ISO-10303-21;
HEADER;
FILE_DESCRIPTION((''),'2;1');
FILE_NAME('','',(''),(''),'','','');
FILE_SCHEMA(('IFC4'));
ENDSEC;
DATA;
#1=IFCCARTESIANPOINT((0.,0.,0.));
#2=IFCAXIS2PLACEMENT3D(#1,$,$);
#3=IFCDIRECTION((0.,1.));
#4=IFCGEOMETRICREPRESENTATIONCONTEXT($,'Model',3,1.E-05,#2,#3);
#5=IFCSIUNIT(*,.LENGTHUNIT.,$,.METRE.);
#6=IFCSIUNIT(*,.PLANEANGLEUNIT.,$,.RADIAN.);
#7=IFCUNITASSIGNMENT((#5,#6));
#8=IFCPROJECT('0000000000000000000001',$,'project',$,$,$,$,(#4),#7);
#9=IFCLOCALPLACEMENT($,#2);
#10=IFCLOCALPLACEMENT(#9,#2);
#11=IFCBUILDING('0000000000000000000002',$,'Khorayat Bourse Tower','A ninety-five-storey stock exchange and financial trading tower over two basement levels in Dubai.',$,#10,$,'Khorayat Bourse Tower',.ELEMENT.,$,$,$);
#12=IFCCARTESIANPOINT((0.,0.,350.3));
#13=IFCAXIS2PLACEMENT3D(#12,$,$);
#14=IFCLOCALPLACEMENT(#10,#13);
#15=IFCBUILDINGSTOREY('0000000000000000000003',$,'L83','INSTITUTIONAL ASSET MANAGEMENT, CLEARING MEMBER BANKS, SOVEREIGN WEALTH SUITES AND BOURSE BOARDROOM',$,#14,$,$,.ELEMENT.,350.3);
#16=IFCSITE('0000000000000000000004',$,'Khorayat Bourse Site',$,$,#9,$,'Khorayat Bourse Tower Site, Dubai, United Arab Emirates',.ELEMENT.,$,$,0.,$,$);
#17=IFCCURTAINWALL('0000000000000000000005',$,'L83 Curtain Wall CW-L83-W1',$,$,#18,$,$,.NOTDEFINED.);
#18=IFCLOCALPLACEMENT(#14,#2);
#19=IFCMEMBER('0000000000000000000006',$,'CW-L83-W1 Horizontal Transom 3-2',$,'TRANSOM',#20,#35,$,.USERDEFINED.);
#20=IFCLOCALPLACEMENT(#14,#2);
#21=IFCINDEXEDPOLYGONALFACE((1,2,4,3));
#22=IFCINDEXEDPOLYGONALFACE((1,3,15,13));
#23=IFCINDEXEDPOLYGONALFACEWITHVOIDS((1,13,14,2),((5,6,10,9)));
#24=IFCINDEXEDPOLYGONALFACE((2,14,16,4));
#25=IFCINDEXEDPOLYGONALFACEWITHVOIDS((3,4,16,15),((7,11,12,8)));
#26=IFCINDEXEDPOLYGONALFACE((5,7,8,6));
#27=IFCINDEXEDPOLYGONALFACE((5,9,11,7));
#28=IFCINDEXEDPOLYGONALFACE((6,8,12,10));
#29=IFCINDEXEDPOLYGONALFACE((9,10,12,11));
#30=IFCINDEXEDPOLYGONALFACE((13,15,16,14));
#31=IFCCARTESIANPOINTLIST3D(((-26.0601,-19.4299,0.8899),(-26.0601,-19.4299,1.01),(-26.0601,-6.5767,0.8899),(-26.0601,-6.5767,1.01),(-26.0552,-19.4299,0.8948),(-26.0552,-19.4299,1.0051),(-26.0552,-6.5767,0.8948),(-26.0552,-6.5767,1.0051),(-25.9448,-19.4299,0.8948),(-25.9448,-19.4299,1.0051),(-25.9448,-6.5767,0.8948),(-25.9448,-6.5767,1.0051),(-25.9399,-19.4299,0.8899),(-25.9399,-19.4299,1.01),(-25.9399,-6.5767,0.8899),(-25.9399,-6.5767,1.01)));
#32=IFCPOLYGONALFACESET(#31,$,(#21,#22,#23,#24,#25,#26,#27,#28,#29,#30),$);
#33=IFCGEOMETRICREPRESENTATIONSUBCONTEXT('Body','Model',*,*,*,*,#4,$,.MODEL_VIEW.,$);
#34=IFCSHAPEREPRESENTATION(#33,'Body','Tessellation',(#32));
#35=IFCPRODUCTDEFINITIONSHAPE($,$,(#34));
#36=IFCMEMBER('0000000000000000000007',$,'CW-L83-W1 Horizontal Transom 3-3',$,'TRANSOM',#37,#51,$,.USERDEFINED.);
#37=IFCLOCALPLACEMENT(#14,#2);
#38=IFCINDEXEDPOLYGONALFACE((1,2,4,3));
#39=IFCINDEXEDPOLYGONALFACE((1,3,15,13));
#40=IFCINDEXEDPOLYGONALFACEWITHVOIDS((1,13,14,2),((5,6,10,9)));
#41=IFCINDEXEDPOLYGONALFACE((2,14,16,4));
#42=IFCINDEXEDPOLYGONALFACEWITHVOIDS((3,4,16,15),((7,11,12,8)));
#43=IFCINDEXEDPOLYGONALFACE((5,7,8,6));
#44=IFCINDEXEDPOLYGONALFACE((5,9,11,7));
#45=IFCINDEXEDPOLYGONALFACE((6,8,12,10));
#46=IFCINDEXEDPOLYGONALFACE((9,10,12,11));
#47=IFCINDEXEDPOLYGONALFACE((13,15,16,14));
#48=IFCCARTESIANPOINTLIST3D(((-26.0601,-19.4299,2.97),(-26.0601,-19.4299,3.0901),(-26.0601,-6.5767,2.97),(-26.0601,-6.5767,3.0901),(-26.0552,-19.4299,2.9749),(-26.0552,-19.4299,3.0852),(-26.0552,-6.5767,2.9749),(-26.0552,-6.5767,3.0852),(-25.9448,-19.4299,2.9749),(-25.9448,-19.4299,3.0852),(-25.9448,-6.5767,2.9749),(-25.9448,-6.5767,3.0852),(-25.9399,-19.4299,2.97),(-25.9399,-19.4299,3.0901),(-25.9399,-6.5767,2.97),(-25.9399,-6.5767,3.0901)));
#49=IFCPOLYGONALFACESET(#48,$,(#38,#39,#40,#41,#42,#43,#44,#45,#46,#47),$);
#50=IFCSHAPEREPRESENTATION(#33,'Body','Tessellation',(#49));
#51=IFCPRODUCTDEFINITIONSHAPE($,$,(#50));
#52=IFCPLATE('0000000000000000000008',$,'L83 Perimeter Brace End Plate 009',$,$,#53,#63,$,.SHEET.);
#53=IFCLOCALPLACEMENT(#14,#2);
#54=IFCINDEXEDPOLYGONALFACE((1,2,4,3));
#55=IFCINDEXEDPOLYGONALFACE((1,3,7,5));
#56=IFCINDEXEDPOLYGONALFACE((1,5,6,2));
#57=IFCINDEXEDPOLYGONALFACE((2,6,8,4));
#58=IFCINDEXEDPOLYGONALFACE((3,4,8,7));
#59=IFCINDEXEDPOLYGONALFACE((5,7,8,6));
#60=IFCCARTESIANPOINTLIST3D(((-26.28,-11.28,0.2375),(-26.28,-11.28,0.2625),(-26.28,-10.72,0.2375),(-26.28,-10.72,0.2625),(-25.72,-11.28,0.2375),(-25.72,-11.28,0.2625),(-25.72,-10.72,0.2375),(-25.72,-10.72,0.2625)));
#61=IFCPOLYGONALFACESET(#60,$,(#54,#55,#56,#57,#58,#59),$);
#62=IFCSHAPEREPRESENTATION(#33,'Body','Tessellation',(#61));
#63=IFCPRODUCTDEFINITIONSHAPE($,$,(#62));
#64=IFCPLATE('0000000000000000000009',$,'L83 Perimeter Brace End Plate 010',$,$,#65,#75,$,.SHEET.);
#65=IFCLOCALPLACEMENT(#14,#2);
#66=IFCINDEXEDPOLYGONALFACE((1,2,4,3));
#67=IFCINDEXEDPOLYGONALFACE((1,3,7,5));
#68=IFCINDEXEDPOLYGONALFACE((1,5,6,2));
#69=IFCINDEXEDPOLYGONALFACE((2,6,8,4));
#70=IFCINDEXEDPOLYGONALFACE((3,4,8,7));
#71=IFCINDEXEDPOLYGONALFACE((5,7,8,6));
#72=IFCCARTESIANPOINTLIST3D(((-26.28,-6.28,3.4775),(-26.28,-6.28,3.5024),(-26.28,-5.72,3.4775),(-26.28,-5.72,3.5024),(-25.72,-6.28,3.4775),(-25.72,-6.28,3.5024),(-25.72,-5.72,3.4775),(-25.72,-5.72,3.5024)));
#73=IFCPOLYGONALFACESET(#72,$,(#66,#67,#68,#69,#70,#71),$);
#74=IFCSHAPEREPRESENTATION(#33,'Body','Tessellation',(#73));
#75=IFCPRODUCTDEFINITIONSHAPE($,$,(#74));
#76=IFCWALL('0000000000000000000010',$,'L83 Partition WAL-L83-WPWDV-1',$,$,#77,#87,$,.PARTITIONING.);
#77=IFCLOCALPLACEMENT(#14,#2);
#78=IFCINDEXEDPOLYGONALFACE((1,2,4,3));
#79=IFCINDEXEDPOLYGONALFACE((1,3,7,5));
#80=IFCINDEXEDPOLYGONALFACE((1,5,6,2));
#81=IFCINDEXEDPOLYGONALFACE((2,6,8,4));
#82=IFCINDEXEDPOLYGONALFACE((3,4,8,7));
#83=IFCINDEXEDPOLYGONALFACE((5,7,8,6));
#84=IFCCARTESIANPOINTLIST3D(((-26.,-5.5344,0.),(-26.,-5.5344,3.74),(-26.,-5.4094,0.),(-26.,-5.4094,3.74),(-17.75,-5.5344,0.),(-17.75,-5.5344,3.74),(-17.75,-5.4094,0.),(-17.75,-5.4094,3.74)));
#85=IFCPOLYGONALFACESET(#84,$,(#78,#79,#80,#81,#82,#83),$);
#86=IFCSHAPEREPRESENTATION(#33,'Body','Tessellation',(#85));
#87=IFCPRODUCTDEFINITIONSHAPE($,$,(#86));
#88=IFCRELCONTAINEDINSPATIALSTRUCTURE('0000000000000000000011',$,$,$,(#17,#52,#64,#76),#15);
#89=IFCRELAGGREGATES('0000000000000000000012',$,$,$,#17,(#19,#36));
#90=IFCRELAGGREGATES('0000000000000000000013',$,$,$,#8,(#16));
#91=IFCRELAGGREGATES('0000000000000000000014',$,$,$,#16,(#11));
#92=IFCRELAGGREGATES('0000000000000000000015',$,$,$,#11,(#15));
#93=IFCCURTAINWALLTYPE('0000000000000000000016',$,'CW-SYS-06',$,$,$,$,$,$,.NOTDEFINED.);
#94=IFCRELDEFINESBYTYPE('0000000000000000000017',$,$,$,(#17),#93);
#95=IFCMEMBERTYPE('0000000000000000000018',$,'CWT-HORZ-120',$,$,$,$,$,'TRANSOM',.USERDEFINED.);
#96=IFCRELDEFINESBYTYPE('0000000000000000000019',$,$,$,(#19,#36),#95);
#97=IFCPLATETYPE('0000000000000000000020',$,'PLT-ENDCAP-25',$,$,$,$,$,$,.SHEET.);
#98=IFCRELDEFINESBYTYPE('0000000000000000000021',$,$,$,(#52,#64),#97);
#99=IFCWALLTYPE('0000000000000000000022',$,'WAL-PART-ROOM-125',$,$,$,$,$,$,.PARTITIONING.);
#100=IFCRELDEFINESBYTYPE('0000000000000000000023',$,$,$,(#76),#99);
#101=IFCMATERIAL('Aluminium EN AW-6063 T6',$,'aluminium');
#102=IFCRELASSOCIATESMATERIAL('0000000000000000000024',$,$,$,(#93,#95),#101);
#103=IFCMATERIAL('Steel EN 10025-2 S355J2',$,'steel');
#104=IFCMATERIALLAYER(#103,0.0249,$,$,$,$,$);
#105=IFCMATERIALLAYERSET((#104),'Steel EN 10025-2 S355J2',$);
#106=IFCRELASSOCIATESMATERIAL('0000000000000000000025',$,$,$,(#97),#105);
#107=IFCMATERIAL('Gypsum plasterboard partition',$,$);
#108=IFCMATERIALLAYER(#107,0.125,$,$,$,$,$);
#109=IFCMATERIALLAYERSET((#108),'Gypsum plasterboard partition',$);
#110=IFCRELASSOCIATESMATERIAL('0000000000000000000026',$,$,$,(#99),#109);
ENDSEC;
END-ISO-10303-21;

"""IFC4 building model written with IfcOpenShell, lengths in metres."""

from ifc_helpers import new_model, si_unit, direction, frame, frame_2d, origin, origin_2d, place, context, subcontext, project, spatial, rectangle, hollow_rectangle, extrude, source, transform, mapped, material, layer, layer_set, material_profile, profile_set, type_object, element, aggregate, save


model = new_model("IFC4")

# Units and contexts
model_context = context("Model", 3, precision=1e-05, world=origin(), true_north=direction((0.0, 1.0)))
body_context = subcontext(model_context, "Body", "Model", "MODEL_VIEW")
ifc_project = project(units=[si_unit("LENGTHUNIT", "METRE"), si_unit("PLANEANGLEUNIT", "RADIAN")], contexts=[model_context])

# Site, building, storey
site_placement = place(None, origin())
site = spatial("IfcSite", under=ifc_project, at=site_placement, Name="Khorayat Bourse Site", LongName="Khorayat Bourse Tower Site, Dubai, United Arab Emirates", CompositionType="ELEMENT", RefElevation=0.0)
building_placement = place(site_placement, origin())
building = spatial("IfcBuilding", under=site, at=building_placement, Name="Khorayat Bourse Tower", Description="A ninety-five-storey stock exchange and financial trading tower over two basement levels in Dubai.", LongName="Khorayat Bourse Tower", CompositionType="ELEMENT")
storey_placement = place(building_placement, frame((0.0, 0.0, 350.3)))
storey = spatial("IfcBuildingStorey", under=building, at=storey_placement, Name="L83", Description="INSTITUTIONAL ASSET MANAGEMENT, CLEARING MEMBER BANKS, SOVEREIGN WEALTH SUITES AND BOURSE BOARDROOM", CompositionType="ELEMENT", Elevation=350.3)

# Shared definitions
ifc_material_1 = material(Name="Steel EN 10025-2 S355J2", Category="steel")

# Curtain wall, members
ifc_material_2 = material(Name="Aluminium EN AW-6063 T6", Category="aluminium")
curtain_wall_type = type_object("IfcCurtainWallType", Name="CW-SYS-06", PredefinedType="NOTDEFINED", material=ifc_material_2)
curtain_wall_placement = place(storey_placement, origin())
curtain_wall = element("IfcCurtainWall", 1, at=curtain_wall_placement, inside=storey, type_object=curtain_wall_type, Name="L83 Curtain Wall CW-L83-W1", PredefinedType="NOTDEFINED")
ifc_material_profile_1 = material_profile(ifc_material_2, hollow_rectangle(XDim=0.1201, YDim=0.1201, WallThickness=0.0049, at=origin_2d()), Name="ALU 120x120x5")
ifc_profile_set_1 = profile_set([ifc_material_profile_1], Name="Aluminium EN AW-6063 T6")
member_type_1 = type_object("IfcMemberType", Name="CWT-HORZ-120", ElementType="TRANSOM", PredefinedType="USERDEFINED", material=ifc_profile_set_1)
shared_shape_1 = source(origin(), body_context, "Body", "SweptSolid", [
    extrude(hollow_rectangle(XDim=0.1201, YDim=0.1201, WallThickness=0.0049, at=origin_2d()), origin(), (0.0, 0.0, 1.0), 12.8533),
])
member_1_placement = place(storey_placement, frame((-26.0, -6.5767, 0.95), z_axis=(0.0, -1.0, 0.0), x_axis=(1.0, 0.0, 0.0)))
member_1 = element("IfcMember", 2, at=member_1_placement, type_object=member_type_1, Name="CW-L83-W1 Horizontal Transom 3-2", ObjectType="TRANSOM", PredefinedType="USERDEFINED", context=body_context, shape_type="MappedRepresentation", body=[
    mapped(shared_shape_1, transform((0.0, 0.0, 0.0), scale=1.0)),
])
member_2_placement = place(storey_placement, frame((-26.0, -6.5767, 3.03), z_axis=(0.0, -1.0, 0.0), x_axis=(1.0, 0.0, 0.0)))
member_2 = element("IfcMember", 3, at=member_2_placement, type_object=member_type_1, Name="CW-L83-W1 Horizontal Transom 3-3", ObjectType="TRANSOM", PredefinedType="USERDEFINED", context=body_context, shape_type="MappedRepresentation", body=[
    mapped(shared_shape_1, transform((0.0, 0.0, 0.0), scale=1.0)),
])
aggregate(curtain_wall, [member_1, member_2])

# Plates
ifc_layer_1 = layer(ifc_material_1, 0.0249)
ifc_layer_set_1 = layer_set([ifc_layer_1], Name="Steel EN 10025-2 S355J2")
plate_type = type_object("IfcPlateType", Name="PLT-ENDCAP-25", PredefinedType="SHEET", material=ifc_layer_set_1)
shared_shape_2 = source(origin(), body_context, "Body", "SweptSolid", [
    extrude(rectangle(XDim=0.5601, YDim=0.5601, at=origin_2d()), origin(), (0.0, 0.0, 1.0), 0.0249),
])
for number, where, z_axis, x_axis, name in (
    (4, (-26.0, -11.0, 0.2375), (0.0, 0.0, 1.0), (1.0, 0.0, 0.0), "L83 Perimeter Brace End Plate 009"),
    (5, (-26.0, -6.0, 3.4775), (0.0, 0.0, 1.0), (1.0, 0.0, 0.0), "L83 Perimeter Brace End Plate 010"),
):
    element("IfcPlate", number, at=place(storey_placement, frame(where, z_axis=z_axis, x_axis=x_axis)), inside=storey, type_object=plate_type, Name=name, PredefinedType="SHEET", context=body_context, shape_type="MappedRepresentation", body=[
        mapped(shared_shape_2, transform((0.0, 0.0, 0.0), scale=1.0)),
    ])

# Wall
ifc_material_3 = material(Name="Gypsum plasterboard partition")
ifc_layer_2 = layer(ifc_material_3, 0.125)
ifc_layer_set_2 = layer_set([ifc_layer_2], Name="Gypsum plasterboard partition")
wall_type = type_object("IfcWallType", Name="WAL-PART-ROOM-125", PredefinedType="PARTITIONING", material=ifc_layer_set_2)
shared_shape_3 = source(origin(), body_context, "Body", "SweptSolid", [
    extrude(rectangle(XDim=8.25, YDim=0.125, at=frame_2d((4.125, 0.0))), origin(), (0.0, 0.0, 1.0), 3.74),
])
wall_placement = place(storey_placement, frame((-26.0, -5.4719, 0.0), z_axis=(0.0, 0.0, 1.0), x_axis=(1.0, 0.0, 0.0)))
element("IfcWall", 6, at=wall_placement, inside=storey, type_object=wall_type, Name="L83 Partition WAL-L83-WPWDV-1", PredefinedType="PARTITIONING", context=body_context, shape_type="MappedRepresentation", body=[
    mapped(shared_shape_3, transform((0.0, 0.0, 0.0), scale=1.0)),
])

save(model, "model.ifc")
